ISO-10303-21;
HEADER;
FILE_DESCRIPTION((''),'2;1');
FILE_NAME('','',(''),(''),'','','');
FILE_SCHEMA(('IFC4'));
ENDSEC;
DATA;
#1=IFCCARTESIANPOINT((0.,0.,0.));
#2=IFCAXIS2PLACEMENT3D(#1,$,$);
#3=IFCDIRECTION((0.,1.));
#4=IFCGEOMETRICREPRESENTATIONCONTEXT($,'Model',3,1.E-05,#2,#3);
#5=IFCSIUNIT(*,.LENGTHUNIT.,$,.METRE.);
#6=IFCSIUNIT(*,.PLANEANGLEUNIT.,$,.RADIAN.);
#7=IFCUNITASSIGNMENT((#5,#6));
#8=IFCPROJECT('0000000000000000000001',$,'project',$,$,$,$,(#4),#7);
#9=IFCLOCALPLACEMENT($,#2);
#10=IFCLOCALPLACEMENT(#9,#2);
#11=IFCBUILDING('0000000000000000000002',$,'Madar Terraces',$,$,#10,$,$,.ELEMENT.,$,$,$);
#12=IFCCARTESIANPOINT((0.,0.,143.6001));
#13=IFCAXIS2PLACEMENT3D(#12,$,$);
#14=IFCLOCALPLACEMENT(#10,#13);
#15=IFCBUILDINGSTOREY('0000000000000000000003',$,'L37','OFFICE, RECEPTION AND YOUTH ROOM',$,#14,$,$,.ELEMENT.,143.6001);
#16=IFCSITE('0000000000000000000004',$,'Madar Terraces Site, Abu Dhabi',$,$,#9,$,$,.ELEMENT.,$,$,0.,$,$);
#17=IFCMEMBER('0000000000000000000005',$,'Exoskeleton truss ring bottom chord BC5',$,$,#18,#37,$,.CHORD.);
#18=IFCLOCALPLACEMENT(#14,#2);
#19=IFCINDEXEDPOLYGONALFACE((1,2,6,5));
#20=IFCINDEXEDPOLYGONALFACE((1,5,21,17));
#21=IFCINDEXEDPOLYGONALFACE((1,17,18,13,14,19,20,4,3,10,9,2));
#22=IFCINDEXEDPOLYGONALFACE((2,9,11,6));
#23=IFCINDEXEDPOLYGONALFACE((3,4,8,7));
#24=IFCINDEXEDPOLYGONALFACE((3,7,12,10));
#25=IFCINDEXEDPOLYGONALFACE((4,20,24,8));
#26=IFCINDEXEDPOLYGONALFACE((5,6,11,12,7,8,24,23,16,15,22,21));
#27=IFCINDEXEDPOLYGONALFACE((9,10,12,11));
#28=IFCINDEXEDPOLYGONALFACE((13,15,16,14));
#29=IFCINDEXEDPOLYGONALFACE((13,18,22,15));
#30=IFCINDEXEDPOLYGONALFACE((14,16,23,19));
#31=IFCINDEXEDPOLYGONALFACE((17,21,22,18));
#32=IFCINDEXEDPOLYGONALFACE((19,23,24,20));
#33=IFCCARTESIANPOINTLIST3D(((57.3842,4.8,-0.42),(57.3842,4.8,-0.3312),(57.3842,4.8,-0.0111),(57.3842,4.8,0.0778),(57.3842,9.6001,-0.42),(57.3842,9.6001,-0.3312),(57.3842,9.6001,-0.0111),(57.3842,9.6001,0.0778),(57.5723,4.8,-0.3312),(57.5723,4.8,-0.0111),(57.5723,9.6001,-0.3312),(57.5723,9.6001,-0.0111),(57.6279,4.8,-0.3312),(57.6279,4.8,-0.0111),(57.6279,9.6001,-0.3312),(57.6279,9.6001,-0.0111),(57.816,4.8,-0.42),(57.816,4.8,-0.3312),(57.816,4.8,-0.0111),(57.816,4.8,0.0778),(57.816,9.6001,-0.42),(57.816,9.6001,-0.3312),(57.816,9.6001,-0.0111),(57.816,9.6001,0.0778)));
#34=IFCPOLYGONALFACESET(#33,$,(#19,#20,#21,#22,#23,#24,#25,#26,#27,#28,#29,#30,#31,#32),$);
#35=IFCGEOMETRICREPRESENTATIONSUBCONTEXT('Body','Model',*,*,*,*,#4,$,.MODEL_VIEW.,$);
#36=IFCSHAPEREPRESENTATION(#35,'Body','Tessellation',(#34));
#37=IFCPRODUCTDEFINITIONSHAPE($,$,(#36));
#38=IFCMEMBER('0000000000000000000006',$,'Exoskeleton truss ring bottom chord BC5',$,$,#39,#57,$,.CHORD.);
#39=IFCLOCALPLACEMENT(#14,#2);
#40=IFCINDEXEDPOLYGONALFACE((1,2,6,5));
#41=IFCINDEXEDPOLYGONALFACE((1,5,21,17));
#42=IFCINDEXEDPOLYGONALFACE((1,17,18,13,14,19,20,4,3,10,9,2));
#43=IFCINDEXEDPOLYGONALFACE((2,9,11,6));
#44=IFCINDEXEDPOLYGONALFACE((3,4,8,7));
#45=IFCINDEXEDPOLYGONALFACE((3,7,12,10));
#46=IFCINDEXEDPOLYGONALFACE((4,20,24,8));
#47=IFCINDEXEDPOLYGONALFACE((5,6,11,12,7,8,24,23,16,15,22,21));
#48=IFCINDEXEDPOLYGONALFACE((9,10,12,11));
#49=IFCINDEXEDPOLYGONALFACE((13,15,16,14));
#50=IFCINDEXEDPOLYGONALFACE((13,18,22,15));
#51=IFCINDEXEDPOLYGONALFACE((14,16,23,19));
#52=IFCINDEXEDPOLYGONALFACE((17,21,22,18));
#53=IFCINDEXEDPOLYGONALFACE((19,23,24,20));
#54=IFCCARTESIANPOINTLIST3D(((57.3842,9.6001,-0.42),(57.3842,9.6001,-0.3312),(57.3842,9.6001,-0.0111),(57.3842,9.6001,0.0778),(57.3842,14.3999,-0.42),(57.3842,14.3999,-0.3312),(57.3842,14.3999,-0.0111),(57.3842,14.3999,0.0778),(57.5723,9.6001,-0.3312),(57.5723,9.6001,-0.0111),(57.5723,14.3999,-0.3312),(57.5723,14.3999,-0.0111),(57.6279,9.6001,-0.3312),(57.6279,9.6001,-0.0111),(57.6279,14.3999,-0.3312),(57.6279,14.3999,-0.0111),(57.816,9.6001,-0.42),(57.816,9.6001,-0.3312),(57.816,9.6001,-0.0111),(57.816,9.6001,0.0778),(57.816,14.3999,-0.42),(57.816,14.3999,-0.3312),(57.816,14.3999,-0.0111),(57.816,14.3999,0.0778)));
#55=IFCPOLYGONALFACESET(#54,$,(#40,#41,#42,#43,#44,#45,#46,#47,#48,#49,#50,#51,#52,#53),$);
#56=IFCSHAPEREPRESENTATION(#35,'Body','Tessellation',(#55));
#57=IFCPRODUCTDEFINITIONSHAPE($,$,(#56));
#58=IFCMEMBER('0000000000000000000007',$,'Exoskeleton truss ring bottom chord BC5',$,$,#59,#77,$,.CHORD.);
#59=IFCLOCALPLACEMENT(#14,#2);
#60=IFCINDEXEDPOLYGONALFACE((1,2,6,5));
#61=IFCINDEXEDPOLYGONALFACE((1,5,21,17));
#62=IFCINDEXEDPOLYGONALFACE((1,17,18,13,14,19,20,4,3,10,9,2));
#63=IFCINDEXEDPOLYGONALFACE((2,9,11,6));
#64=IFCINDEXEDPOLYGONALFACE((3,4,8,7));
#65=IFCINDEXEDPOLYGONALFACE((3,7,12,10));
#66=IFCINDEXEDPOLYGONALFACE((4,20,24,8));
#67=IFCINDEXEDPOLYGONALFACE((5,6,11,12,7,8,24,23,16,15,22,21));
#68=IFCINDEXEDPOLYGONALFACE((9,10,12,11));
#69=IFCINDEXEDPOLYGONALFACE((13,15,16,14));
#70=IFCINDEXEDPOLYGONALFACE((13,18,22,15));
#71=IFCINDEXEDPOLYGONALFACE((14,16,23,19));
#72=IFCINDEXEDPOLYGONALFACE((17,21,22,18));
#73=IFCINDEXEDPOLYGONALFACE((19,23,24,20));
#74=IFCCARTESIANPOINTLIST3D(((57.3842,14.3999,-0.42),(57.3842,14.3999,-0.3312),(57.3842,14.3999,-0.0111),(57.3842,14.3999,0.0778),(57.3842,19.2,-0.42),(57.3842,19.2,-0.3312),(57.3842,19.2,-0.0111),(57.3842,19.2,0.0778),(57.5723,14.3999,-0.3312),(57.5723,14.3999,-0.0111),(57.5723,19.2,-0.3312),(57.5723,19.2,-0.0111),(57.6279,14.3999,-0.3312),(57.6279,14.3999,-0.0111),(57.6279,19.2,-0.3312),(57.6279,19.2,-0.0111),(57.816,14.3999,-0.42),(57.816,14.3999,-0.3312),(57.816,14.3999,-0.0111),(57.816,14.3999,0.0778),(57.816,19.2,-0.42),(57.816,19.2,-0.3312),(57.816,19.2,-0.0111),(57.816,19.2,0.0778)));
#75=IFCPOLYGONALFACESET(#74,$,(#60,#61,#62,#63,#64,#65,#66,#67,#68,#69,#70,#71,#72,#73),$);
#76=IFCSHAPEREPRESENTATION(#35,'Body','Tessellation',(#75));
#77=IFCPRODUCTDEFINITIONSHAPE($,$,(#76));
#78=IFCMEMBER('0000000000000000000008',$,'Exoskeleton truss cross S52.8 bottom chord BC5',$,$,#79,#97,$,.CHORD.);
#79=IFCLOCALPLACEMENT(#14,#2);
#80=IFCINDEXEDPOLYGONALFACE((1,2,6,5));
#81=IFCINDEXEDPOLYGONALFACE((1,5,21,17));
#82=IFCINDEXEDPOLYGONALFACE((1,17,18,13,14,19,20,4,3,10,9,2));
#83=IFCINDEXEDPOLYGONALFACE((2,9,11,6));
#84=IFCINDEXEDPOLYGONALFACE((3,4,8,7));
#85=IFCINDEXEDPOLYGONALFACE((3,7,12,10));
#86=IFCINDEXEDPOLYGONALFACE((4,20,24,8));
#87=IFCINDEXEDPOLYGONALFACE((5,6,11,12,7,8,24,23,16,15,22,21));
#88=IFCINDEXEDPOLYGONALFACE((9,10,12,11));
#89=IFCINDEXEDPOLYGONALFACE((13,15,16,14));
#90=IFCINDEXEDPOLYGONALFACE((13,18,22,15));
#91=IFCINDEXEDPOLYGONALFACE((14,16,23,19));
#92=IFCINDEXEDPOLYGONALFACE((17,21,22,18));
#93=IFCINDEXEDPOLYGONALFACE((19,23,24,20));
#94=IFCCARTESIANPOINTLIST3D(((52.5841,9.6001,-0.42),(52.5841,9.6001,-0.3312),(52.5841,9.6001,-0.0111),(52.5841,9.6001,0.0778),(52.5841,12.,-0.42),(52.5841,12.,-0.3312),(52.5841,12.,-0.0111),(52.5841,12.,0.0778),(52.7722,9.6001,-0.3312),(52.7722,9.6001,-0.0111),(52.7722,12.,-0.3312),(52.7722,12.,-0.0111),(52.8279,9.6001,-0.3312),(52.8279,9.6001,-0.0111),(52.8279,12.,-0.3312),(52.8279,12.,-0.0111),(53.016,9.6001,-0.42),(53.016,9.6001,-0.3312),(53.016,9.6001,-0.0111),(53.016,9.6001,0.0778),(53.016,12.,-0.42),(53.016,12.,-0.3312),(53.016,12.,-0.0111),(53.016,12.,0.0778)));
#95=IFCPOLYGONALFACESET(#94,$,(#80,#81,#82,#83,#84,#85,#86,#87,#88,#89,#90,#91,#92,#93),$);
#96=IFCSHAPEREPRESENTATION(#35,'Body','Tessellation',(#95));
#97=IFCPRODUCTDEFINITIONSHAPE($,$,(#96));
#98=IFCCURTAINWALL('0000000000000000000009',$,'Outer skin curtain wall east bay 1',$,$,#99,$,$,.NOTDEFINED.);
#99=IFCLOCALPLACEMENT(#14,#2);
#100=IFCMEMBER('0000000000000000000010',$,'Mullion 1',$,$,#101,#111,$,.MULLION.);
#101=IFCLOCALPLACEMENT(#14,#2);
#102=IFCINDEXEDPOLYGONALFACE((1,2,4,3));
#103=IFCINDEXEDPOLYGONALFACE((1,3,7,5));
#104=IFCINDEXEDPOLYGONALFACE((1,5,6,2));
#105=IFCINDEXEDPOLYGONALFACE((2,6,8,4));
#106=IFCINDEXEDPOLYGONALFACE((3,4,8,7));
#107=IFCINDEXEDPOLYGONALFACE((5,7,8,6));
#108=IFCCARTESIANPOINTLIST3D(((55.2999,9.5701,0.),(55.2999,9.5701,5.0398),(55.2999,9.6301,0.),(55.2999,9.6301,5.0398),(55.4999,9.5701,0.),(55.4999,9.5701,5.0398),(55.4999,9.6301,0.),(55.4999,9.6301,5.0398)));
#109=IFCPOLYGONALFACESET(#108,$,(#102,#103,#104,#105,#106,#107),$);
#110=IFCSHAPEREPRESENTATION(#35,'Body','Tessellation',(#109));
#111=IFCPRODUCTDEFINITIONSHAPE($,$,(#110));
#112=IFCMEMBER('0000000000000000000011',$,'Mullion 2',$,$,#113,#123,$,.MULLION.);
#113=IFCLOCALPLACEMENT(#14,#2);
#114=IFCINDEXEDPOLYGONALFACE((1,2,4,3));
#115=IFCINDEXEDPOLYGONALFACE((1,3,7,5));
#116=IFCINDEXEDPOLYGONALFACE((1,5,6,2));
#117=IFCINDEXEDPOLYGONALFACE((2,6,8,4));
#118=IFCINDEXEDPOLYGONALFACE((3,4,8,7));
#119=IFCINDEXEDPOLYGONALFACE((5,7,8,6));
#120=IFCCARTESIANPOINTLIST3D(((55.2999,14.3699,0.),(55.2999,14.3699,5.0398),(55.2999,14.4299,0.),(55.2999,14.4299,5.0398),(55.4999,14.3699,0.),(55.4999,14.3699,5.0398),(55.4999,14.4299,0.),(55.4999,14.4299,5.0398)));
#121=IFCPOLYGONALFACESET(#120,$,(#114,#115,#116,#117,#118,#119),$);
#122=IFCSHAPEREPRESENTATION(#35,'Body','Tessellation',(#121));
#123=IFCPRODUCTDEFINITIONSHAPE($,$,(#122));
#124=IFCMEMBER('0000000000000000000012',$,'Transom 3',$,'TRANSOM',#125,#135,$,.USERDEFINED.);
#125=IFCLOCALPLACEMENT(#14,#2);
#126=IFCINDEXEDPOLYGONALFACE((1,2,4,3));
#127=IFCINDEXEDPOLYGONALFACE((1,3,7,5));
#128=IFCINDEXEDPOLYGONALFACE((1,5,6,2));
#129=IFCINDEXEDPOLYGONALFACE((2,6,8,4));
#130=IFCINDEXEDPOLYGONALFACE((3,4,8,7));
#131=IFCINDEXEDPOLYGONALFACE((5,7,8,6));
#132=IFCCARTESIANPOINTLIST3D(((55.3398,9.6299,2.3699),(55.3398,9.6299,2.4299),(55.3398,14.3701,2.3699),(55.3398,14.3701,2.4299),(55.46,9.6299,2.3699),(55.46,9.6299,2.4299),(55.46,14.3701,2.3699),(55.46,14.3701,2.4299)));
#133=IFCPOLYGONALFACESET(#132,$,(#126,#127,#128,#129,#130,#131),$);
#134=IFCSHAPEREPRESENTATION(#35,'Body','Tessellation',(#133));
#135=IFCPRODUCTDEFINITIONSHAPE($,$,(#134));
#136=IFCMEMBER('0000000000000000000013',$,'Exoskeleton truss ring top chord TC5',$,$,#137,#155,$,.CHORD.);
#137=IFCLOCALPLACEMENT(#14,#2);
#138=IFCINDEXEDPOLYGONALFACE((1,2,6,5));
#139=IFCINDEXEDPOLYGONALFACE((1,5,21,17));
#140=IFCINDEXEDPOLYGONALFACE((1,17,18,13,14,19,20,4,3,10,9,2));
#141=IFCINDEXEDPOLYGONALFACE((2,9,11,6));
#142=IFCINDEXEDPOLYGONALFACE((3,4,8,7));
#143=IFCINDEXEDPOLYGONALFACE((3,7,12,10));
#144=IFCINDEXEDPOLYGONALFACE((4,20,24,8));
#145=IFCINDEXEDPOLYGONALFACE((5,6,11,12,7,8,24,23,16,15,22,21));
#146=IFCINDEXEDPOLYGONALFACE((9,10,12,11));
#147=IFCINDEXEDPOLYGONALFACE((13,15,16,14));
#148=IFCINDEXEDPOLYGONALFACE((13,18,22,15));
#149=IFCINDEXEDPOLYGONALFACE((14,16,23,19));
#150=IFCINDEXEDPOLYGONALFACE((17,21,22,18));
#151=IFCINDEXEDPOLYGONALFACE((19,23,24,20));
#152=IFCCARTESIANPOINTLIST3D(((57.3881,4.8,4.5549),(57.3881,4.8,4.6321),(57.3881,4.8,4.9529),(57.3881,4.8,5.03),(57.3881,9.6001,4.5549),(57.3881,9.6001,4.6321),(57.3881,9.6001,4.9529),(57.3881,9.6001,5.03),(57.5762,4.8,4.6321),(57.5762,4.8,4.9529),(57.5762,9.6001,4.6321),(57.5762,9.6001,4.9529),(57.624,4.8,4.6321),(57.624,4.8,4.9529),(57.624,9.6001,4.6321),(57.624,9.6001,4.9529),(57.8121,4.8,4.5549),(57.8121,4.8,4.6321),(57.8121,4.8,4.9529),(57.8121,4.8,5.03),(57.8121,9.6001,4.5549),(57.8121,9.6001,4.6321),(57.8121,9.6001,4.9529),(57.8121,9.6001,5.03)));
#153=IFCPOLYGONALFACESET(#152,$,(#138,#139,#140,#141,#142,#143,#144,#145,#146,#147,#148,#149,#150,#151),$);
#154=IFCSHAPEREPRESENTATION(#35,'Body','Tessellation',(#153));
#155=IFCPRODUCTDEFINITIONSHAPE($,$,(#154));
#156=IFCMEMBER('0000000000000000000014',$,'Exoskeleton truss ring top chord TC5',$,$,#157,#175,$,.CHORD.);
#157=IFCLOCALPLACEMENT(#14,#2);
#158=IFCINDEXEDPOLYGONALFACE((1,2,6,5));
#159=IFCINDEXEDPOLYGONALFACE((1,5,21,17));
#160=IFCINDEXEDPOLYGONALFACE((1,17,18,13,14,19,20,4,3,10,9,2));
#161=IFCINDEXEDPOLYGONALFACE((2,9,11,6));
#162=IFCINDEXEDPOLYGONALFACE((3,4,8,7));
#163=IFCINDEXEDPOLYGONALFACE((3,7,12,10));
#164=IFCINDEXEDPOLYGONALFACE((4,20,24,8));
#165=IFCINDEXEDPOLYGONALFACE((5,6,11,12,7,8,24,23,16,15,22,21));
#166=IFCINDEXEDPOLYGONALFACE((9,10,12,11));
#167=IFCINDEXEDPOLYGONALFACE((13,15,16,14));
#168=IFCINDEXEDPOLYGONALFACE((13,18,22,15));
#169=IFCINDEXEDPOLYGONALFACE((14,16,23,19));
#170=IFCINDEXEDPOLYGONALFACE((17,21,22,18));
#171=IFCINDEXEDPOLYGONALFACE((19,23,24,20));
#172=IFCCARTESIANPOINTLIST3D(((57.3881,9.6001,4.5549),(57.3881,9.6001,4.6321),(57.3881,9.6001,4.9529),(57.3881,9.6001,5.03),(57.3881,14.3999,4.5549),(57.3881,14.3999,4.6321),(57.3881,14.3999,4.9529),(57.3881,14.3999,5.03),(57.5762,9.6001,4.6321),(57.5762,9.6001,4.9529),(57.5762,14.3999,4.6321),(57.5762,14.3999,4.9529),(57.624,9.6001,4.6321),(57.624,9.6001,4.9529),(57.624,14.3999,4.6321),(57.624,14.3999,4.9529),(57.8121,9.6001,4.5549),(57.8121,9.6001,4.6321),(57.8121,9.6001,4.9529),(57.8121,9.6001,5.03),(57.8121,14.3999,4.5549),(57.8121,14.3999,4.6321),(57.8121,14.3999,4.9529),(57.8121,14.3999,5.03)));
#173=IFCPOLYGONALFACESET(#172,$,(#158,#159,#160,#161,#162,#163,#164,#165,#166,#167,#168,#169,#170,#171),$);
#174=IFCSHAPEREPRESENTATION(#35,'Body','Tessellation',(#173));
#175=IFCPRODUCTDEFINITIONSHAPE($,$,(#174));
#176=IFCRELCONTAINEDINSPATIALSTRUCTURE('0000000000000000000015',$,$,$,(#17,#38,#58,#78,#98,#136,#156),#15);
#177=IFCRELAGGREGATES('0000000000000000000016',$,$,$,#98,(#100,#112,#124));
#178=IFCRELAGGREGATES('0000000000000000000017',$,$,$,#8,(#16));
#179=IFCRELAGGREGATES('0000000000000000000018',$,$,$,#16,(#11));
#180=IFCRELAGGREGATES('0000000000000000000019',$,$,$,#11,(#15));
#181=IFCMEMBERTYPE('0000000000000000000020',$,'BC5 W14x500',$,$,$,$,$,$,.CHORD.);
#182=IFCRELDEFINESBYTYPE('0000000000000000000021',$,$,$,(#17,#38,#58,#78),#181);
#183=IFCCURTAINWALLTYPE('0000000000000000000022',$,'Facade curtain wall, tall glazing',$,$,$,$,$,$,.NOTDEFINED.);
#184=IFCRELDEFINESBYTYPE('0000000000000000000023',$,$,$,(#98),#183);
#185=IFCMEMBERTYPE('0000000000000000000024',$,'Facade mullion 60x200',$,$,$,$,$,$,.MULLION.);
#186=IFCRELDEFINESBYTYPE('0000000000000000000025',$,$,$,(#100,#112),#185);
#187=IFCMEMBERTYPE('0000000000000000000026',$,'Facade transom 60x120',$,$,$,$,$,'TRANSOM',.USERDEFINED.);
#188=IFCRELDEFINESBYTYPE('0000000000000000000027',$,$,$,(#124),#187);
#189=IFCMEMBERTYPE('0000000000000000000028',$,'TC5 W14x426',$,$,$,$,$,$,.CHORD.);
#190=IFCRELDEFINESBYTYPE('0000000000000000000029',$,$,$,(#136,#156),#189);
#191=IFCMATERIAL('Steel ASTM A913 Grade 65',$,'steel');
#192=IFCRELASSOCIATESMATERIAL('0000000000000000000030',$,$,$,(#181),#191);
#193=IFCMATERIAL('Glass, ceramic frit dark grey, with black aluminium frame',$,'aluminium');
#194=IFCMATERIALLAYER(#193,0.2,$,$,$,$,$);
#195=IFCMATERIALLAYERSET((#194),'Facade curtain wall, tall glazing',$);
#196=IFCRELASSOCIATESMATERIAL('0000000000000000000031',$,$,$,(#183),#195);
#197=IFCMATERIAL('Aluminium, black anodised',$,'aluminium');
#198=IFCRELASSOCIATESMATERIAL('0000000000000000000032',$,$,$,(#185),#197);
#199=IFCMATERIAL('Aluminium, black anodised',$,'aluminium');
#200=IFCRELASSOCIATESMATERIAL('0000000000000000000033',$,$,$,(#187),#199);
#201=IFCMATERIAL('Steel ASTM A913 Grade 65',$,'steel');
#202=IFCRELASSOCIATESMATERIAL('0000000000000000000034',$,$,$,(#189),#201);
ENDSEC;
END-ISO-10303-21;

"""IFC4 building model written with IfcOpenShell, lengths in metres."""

from ifc_helpers import new_model, si_unit, direction, frame, origin, origin_2d, place, context, subcontext, project, spatial, rectangle, i_section, extrude, material, layer, layer_set, material_profile, profile_set, type_object, element, aggregate, save


model = new_model("IFC4")

# Units and contexts
model_context = context("Model", 3, precision=1e-05, world=origin(), true_north=direction((0.0, 1.0)))
body_context = subcontext(model_context, "Body", "Model", "MODEL_VIEW")
ifc_project = project(units=[si_unit("LENGTHUNIT", "METRE"), si_unit("PLANEANGLEUNIT", "RADIAN")], contexts=[model_context])

# Site, building, storey
site_placement = place(None, origin())
site = spatial("IfcSite", under=ifc_project, at=site_placement, Name="Madar Terraces Site, Abu Dhabi", CompositionType="ELEMENT", RefElevation=0.0)
building_placement = place(site_placement, origin())
building = spatial("IfcBuilding", under=site, at=building_placement, Name="Madar Terraces", CompositionType="ELEMENT")
storey_placement = place(building_placement, frame((0.0, 0.0, 143.6001)))
storey = spatial("IfcBuildingStorey", under=building, at=storey_placement, Name="L37", Description="OFFICE, RECEPTION AND YOUTH ROOM", CompositionType="ELEMENT", Elevation=143.6001)

# Members
ifc_material_1 = material(Name="Steel ASTM A913 Grade 65", Category="steel")
ifc_material_profile_1 = material_profile(ifc_material_1, i_section(OverallWidth=0.4319, OverallDepth=0.4978, WebThickness=0.0557, FlangeThickness=0.0889, at=origin_2d()), Name="W14x500")
ifc_profile_set_1 = profile_set([ifc_material_profile_1], Name="Steel ASTM A913 Grade 65")
member_type_1 = type_object("IfcMemberType", Name="BC5 W14x500", PredefinedType="CHORD", material=ifc_profile_set_1)
member_1_placement = place(storey_placement, frame((57.6001, 4.8, -0.1711), z_axis=(0.0, 1.0, 0.0), x_axis=(-1.0, 0.0, 0.0)))
element("IfcMember", 1, at=member_1_placement, inside=storey, type_object=member_type_1, Name="Exoskeleton truss ring bottom chord BC5", PredefinedType="CHORD", context=body_context, shape_type="SweptSolid", body=[
    extrude(i_section(OverallWidth=0.4319, OverallDepth=0.4978, WebThickness=0.0557, FlangeThickness=0.0889, at=origin_2d()), origin(), (0.0, 0.0, 1.0), 4.8),
])
member_2_placement = place(storey_placement, frame((57.6001, 9.6001, -0.1711), z_axis=(0.0, 1.0, 0.0), x_axis=(-1.0, 0.0, 0.0)))
element("IfcMember", 2, at=member_2_placement, inside=storey, type_object=member_type_1, Name="Exoskeleton truss ring bottom chord BC5", PredefinedType="CHORD", context=body_context, shape_type="SweptSolid", body=[
    extrude(i_section(OverallWidth=0.4319, OverallDepth=0.4978, WebThickness=0.0557, FlangeThickness=0.0889, at=origin_2d()), origin(), (0.0, 0.0, 1.0), 4.7998),
])
member_3_placement = place(storey_placement, frame((57.6001, 14.3999, -0.1711), z_axis=(0.0, 1.0, 0.0), x_axis=(-1.0, 0.0, 0.0)))
element("IfcMember", 3, at=member_3_placement, inside=storey, type_object=member_type_1, Name="Exoskeleton truss ring bottom chord BC5", PredefinedType="CHORD", context=body_context, shape_type="SweptSolid", body=[
    extrude(i_section(OverallWidth=0.4319, OverallDepth=0.4978, WebThickness=0.0557, FlangeThickness=0.0889, at=origin_2d()), origin(), (0.0, 0.0, 1.0), 4.8),
])
member_4_placement = place(storey_placement, frame((52.8, 9.6001, -0.1711), z_axis=(0.0, 1.0, 0.0), x_axis=(-1.0, 0.0, 0.0)))
element("IfcMember", 4, at=member_4_placement, inside=storey, type_object=member_type_1, Name="Exoskeleton truss cross S52.8 bottom chord BC5", PredefinedType="CHORD", context=body_context, shape_type="SweptSolid", body=[
    extrude(i_section(OverallWidth=0.4319, OverallDepth=0.4978, WebThickness=0.0557, FlangeThickness=0.0889, at=origin_2d()), origin(), (0.0, 0.0, 1.0), 2.3999),
])

# Curtain wall, members
ifc_material_2 = material(Name="Glass, ceramic frit dark grey, with black aluminium frame", Category="aluminium")
ifc_layer_1 = layer(ifc_material_2, 0.2)
ifc_layer_set_1 = layer_set([ifc_layer_1], Name="Facade curtain wall, tall glazing")
curtain_wall_type = type_object("IfcCurtainWallType", Name="Facade curtain wall, tall glazing", PredefinedType="NOTDEFINED", material=ifc_layer_set_1)
curtain_wall_placement = place(storey_placement, origin())
curtain_wall = element("IfcCurtainWall", 5, at=curtain_wall_placement, inside=storey, type_object=curtain_wall_type, Name="Outer skin curtain wall east bay 1", PredefinedType="NOTDEFINED")
ifc_material_3 = material(Name="Aluminium, black anodised", Category="aluminium")
ifc_material_profile_2 = material_profile(ifc_material_3, rectangle(XDim=0.2, YDim=0.0601, at=origin_2d()), Name="Facade mullion 60x200")
ifc_profile_set_2 = profile_set([ifc_material_profile_2], Name="Aluminium, black anodised")
member_type_2 = type_object("IfcMemberType", Name="Facade mullion 60x200", PredefinedType="MULLION", material=ifc_profile_set_2)
member_5_placement = place(storey_placement, frame((55.3999, 9.6001, 0.0), z_axis=(0.0, 0.0, 1.0), x_axis=(-1.0, 0.0, 0.0)))
member_5 = element("IfcMember", 6, at=member_5_placement, type_object=member_type_2, Name="Mullion 1", PredefinedType="MULLION", context=body_context, shape_type="SweptSolid", body=[
    extrude(rectangle(XDim=0.2, YDim=0.0601, at=origin_2d()), origin(), (0.0, 0.0, 1.0), 5.0398),
])
member_6_placement = place(storey_placement, frame((55.3999, 14.3999, 0.0), z_axis=(0.0, 0.0, 1.0), x_axis=(-1.0, 0.0, 0.0)))
member_6 = element("IfcMember", 7, at=member_6_placement, type_object=member_type_2, Name="Mullion 2", PredefinedType="MULLION", context=body_context, shape_type="SweptSolid", body=[
    extrude(rectangle(XDim=0.2, YDim=0.0601, at=origin_2d()), origin(), (0.0, 0.0, 1.0), 5.0398),
])
ifc_material_4 = material(Name="Aluminium, black anodised", Category="aluminium")
ifc_material_profile_3 = material_profile(ifc_material_4, rectangle(XDim=0.1201, YDim=0.0601, at=origin_2d()), Name="Facade transom 60x120")
ifc_profile_set_3 = profile_set([ifc_material_profile_3], Name="Aluminium, black anodised")
member_type_3 = type_object("IfcMemberType", Name="Facade transom 60x120", ElementType="TRANSOM", PredefinedType="USERDEFINED", material=ifc_profile_set_3)
member_7_placement = place(storey_placement, frame((55.3999, 9.6299, 2.3999), z_axis=(0.0, 1.0, 0.0), x_axis=(-1.0, 0.0, 0.0)))
member_7 = element("IfcMember", 8, at=member_7_placement, type_object=member_type_3, Name="Transom 3", ObjectType="TRANSOM", PredefinedType="USERDEFINED", context=body_context, shape_type="SweptSolid", body=[
    extrude(rectangle(XDim=0.1201, YDim=0.0601, at=origin_2d()), origin(), (0.0, 0.0, 1.0), 4.7402),
])

# Members
ifc_material_5 = material(Name="Steel ASTM A913 Grade 65", Category="steel")
ifc_material_profile_4 = material_profile(ifc_material_5, i_section(OverallWidth=0.4241, OverallDepth=0.4751, WebThickness=0.0479, FlangeThickness=0.0771, at=origin_2d()), Name="W14x426")
ifc_profile_set_4 = profile_set([ifc_material_profile_4], Name="Steel ASTM A913 Grade 65")
member_type_4 = type_object("IfcMemberType", Name="TC5 W14x426", PredefinedType="CHORD", material=ifc_profile_set_4)
member_8_placement = place(storey_placement, frame((57.6001, 4.8, 4.7925), z_axis=(0.0, 1.0, 0.0), x_axis=(-1.0, 0.0, 0.0)))
element("IfcMember", 9, at=member_8_placement, inside=storey, type_object=member_type_4, Name="Exoskeleton truss ring top chord TC5", PredefinedType="CHORD", context=body_context, shape_type="SweptSolid", body=[
    extrude(i_section(OverallWidth=0.4241, OverallDepth=0.4751, WebThickness=0.0479, FlangeThickness=0.0771, at=origin_2d()), origin(), (0.0, 0.0, 1.0), 4.8),
])
member_9_placement = place(storey_placement, frame((57.6001, 9.6001, 4.7925), z_axis=(0.0, 1.0, 0.0), x_axis=(-1.0, 0.0, 0.0)))
element("IfcMember", 10, at=member_9_placement, inside=storey, type_object=member_type_4, Name="Exoskeleton truss ring top chord TC5", PredefinedType="CHORD", context=body_context, shape_type="SweptSolid", body=[
    extrude(i_section(OverallWidth=0.4241, OverallDepth=0.4751, WebThickness=0.0479, FlangeThickness=0.0771, at=origin_2d()), origin(), (0.0, 0.0, 1.0), 4.7998),
])

aggregate(curtain_wall, [member_5, member_6, member_7])

save(model, "model.ifc")
